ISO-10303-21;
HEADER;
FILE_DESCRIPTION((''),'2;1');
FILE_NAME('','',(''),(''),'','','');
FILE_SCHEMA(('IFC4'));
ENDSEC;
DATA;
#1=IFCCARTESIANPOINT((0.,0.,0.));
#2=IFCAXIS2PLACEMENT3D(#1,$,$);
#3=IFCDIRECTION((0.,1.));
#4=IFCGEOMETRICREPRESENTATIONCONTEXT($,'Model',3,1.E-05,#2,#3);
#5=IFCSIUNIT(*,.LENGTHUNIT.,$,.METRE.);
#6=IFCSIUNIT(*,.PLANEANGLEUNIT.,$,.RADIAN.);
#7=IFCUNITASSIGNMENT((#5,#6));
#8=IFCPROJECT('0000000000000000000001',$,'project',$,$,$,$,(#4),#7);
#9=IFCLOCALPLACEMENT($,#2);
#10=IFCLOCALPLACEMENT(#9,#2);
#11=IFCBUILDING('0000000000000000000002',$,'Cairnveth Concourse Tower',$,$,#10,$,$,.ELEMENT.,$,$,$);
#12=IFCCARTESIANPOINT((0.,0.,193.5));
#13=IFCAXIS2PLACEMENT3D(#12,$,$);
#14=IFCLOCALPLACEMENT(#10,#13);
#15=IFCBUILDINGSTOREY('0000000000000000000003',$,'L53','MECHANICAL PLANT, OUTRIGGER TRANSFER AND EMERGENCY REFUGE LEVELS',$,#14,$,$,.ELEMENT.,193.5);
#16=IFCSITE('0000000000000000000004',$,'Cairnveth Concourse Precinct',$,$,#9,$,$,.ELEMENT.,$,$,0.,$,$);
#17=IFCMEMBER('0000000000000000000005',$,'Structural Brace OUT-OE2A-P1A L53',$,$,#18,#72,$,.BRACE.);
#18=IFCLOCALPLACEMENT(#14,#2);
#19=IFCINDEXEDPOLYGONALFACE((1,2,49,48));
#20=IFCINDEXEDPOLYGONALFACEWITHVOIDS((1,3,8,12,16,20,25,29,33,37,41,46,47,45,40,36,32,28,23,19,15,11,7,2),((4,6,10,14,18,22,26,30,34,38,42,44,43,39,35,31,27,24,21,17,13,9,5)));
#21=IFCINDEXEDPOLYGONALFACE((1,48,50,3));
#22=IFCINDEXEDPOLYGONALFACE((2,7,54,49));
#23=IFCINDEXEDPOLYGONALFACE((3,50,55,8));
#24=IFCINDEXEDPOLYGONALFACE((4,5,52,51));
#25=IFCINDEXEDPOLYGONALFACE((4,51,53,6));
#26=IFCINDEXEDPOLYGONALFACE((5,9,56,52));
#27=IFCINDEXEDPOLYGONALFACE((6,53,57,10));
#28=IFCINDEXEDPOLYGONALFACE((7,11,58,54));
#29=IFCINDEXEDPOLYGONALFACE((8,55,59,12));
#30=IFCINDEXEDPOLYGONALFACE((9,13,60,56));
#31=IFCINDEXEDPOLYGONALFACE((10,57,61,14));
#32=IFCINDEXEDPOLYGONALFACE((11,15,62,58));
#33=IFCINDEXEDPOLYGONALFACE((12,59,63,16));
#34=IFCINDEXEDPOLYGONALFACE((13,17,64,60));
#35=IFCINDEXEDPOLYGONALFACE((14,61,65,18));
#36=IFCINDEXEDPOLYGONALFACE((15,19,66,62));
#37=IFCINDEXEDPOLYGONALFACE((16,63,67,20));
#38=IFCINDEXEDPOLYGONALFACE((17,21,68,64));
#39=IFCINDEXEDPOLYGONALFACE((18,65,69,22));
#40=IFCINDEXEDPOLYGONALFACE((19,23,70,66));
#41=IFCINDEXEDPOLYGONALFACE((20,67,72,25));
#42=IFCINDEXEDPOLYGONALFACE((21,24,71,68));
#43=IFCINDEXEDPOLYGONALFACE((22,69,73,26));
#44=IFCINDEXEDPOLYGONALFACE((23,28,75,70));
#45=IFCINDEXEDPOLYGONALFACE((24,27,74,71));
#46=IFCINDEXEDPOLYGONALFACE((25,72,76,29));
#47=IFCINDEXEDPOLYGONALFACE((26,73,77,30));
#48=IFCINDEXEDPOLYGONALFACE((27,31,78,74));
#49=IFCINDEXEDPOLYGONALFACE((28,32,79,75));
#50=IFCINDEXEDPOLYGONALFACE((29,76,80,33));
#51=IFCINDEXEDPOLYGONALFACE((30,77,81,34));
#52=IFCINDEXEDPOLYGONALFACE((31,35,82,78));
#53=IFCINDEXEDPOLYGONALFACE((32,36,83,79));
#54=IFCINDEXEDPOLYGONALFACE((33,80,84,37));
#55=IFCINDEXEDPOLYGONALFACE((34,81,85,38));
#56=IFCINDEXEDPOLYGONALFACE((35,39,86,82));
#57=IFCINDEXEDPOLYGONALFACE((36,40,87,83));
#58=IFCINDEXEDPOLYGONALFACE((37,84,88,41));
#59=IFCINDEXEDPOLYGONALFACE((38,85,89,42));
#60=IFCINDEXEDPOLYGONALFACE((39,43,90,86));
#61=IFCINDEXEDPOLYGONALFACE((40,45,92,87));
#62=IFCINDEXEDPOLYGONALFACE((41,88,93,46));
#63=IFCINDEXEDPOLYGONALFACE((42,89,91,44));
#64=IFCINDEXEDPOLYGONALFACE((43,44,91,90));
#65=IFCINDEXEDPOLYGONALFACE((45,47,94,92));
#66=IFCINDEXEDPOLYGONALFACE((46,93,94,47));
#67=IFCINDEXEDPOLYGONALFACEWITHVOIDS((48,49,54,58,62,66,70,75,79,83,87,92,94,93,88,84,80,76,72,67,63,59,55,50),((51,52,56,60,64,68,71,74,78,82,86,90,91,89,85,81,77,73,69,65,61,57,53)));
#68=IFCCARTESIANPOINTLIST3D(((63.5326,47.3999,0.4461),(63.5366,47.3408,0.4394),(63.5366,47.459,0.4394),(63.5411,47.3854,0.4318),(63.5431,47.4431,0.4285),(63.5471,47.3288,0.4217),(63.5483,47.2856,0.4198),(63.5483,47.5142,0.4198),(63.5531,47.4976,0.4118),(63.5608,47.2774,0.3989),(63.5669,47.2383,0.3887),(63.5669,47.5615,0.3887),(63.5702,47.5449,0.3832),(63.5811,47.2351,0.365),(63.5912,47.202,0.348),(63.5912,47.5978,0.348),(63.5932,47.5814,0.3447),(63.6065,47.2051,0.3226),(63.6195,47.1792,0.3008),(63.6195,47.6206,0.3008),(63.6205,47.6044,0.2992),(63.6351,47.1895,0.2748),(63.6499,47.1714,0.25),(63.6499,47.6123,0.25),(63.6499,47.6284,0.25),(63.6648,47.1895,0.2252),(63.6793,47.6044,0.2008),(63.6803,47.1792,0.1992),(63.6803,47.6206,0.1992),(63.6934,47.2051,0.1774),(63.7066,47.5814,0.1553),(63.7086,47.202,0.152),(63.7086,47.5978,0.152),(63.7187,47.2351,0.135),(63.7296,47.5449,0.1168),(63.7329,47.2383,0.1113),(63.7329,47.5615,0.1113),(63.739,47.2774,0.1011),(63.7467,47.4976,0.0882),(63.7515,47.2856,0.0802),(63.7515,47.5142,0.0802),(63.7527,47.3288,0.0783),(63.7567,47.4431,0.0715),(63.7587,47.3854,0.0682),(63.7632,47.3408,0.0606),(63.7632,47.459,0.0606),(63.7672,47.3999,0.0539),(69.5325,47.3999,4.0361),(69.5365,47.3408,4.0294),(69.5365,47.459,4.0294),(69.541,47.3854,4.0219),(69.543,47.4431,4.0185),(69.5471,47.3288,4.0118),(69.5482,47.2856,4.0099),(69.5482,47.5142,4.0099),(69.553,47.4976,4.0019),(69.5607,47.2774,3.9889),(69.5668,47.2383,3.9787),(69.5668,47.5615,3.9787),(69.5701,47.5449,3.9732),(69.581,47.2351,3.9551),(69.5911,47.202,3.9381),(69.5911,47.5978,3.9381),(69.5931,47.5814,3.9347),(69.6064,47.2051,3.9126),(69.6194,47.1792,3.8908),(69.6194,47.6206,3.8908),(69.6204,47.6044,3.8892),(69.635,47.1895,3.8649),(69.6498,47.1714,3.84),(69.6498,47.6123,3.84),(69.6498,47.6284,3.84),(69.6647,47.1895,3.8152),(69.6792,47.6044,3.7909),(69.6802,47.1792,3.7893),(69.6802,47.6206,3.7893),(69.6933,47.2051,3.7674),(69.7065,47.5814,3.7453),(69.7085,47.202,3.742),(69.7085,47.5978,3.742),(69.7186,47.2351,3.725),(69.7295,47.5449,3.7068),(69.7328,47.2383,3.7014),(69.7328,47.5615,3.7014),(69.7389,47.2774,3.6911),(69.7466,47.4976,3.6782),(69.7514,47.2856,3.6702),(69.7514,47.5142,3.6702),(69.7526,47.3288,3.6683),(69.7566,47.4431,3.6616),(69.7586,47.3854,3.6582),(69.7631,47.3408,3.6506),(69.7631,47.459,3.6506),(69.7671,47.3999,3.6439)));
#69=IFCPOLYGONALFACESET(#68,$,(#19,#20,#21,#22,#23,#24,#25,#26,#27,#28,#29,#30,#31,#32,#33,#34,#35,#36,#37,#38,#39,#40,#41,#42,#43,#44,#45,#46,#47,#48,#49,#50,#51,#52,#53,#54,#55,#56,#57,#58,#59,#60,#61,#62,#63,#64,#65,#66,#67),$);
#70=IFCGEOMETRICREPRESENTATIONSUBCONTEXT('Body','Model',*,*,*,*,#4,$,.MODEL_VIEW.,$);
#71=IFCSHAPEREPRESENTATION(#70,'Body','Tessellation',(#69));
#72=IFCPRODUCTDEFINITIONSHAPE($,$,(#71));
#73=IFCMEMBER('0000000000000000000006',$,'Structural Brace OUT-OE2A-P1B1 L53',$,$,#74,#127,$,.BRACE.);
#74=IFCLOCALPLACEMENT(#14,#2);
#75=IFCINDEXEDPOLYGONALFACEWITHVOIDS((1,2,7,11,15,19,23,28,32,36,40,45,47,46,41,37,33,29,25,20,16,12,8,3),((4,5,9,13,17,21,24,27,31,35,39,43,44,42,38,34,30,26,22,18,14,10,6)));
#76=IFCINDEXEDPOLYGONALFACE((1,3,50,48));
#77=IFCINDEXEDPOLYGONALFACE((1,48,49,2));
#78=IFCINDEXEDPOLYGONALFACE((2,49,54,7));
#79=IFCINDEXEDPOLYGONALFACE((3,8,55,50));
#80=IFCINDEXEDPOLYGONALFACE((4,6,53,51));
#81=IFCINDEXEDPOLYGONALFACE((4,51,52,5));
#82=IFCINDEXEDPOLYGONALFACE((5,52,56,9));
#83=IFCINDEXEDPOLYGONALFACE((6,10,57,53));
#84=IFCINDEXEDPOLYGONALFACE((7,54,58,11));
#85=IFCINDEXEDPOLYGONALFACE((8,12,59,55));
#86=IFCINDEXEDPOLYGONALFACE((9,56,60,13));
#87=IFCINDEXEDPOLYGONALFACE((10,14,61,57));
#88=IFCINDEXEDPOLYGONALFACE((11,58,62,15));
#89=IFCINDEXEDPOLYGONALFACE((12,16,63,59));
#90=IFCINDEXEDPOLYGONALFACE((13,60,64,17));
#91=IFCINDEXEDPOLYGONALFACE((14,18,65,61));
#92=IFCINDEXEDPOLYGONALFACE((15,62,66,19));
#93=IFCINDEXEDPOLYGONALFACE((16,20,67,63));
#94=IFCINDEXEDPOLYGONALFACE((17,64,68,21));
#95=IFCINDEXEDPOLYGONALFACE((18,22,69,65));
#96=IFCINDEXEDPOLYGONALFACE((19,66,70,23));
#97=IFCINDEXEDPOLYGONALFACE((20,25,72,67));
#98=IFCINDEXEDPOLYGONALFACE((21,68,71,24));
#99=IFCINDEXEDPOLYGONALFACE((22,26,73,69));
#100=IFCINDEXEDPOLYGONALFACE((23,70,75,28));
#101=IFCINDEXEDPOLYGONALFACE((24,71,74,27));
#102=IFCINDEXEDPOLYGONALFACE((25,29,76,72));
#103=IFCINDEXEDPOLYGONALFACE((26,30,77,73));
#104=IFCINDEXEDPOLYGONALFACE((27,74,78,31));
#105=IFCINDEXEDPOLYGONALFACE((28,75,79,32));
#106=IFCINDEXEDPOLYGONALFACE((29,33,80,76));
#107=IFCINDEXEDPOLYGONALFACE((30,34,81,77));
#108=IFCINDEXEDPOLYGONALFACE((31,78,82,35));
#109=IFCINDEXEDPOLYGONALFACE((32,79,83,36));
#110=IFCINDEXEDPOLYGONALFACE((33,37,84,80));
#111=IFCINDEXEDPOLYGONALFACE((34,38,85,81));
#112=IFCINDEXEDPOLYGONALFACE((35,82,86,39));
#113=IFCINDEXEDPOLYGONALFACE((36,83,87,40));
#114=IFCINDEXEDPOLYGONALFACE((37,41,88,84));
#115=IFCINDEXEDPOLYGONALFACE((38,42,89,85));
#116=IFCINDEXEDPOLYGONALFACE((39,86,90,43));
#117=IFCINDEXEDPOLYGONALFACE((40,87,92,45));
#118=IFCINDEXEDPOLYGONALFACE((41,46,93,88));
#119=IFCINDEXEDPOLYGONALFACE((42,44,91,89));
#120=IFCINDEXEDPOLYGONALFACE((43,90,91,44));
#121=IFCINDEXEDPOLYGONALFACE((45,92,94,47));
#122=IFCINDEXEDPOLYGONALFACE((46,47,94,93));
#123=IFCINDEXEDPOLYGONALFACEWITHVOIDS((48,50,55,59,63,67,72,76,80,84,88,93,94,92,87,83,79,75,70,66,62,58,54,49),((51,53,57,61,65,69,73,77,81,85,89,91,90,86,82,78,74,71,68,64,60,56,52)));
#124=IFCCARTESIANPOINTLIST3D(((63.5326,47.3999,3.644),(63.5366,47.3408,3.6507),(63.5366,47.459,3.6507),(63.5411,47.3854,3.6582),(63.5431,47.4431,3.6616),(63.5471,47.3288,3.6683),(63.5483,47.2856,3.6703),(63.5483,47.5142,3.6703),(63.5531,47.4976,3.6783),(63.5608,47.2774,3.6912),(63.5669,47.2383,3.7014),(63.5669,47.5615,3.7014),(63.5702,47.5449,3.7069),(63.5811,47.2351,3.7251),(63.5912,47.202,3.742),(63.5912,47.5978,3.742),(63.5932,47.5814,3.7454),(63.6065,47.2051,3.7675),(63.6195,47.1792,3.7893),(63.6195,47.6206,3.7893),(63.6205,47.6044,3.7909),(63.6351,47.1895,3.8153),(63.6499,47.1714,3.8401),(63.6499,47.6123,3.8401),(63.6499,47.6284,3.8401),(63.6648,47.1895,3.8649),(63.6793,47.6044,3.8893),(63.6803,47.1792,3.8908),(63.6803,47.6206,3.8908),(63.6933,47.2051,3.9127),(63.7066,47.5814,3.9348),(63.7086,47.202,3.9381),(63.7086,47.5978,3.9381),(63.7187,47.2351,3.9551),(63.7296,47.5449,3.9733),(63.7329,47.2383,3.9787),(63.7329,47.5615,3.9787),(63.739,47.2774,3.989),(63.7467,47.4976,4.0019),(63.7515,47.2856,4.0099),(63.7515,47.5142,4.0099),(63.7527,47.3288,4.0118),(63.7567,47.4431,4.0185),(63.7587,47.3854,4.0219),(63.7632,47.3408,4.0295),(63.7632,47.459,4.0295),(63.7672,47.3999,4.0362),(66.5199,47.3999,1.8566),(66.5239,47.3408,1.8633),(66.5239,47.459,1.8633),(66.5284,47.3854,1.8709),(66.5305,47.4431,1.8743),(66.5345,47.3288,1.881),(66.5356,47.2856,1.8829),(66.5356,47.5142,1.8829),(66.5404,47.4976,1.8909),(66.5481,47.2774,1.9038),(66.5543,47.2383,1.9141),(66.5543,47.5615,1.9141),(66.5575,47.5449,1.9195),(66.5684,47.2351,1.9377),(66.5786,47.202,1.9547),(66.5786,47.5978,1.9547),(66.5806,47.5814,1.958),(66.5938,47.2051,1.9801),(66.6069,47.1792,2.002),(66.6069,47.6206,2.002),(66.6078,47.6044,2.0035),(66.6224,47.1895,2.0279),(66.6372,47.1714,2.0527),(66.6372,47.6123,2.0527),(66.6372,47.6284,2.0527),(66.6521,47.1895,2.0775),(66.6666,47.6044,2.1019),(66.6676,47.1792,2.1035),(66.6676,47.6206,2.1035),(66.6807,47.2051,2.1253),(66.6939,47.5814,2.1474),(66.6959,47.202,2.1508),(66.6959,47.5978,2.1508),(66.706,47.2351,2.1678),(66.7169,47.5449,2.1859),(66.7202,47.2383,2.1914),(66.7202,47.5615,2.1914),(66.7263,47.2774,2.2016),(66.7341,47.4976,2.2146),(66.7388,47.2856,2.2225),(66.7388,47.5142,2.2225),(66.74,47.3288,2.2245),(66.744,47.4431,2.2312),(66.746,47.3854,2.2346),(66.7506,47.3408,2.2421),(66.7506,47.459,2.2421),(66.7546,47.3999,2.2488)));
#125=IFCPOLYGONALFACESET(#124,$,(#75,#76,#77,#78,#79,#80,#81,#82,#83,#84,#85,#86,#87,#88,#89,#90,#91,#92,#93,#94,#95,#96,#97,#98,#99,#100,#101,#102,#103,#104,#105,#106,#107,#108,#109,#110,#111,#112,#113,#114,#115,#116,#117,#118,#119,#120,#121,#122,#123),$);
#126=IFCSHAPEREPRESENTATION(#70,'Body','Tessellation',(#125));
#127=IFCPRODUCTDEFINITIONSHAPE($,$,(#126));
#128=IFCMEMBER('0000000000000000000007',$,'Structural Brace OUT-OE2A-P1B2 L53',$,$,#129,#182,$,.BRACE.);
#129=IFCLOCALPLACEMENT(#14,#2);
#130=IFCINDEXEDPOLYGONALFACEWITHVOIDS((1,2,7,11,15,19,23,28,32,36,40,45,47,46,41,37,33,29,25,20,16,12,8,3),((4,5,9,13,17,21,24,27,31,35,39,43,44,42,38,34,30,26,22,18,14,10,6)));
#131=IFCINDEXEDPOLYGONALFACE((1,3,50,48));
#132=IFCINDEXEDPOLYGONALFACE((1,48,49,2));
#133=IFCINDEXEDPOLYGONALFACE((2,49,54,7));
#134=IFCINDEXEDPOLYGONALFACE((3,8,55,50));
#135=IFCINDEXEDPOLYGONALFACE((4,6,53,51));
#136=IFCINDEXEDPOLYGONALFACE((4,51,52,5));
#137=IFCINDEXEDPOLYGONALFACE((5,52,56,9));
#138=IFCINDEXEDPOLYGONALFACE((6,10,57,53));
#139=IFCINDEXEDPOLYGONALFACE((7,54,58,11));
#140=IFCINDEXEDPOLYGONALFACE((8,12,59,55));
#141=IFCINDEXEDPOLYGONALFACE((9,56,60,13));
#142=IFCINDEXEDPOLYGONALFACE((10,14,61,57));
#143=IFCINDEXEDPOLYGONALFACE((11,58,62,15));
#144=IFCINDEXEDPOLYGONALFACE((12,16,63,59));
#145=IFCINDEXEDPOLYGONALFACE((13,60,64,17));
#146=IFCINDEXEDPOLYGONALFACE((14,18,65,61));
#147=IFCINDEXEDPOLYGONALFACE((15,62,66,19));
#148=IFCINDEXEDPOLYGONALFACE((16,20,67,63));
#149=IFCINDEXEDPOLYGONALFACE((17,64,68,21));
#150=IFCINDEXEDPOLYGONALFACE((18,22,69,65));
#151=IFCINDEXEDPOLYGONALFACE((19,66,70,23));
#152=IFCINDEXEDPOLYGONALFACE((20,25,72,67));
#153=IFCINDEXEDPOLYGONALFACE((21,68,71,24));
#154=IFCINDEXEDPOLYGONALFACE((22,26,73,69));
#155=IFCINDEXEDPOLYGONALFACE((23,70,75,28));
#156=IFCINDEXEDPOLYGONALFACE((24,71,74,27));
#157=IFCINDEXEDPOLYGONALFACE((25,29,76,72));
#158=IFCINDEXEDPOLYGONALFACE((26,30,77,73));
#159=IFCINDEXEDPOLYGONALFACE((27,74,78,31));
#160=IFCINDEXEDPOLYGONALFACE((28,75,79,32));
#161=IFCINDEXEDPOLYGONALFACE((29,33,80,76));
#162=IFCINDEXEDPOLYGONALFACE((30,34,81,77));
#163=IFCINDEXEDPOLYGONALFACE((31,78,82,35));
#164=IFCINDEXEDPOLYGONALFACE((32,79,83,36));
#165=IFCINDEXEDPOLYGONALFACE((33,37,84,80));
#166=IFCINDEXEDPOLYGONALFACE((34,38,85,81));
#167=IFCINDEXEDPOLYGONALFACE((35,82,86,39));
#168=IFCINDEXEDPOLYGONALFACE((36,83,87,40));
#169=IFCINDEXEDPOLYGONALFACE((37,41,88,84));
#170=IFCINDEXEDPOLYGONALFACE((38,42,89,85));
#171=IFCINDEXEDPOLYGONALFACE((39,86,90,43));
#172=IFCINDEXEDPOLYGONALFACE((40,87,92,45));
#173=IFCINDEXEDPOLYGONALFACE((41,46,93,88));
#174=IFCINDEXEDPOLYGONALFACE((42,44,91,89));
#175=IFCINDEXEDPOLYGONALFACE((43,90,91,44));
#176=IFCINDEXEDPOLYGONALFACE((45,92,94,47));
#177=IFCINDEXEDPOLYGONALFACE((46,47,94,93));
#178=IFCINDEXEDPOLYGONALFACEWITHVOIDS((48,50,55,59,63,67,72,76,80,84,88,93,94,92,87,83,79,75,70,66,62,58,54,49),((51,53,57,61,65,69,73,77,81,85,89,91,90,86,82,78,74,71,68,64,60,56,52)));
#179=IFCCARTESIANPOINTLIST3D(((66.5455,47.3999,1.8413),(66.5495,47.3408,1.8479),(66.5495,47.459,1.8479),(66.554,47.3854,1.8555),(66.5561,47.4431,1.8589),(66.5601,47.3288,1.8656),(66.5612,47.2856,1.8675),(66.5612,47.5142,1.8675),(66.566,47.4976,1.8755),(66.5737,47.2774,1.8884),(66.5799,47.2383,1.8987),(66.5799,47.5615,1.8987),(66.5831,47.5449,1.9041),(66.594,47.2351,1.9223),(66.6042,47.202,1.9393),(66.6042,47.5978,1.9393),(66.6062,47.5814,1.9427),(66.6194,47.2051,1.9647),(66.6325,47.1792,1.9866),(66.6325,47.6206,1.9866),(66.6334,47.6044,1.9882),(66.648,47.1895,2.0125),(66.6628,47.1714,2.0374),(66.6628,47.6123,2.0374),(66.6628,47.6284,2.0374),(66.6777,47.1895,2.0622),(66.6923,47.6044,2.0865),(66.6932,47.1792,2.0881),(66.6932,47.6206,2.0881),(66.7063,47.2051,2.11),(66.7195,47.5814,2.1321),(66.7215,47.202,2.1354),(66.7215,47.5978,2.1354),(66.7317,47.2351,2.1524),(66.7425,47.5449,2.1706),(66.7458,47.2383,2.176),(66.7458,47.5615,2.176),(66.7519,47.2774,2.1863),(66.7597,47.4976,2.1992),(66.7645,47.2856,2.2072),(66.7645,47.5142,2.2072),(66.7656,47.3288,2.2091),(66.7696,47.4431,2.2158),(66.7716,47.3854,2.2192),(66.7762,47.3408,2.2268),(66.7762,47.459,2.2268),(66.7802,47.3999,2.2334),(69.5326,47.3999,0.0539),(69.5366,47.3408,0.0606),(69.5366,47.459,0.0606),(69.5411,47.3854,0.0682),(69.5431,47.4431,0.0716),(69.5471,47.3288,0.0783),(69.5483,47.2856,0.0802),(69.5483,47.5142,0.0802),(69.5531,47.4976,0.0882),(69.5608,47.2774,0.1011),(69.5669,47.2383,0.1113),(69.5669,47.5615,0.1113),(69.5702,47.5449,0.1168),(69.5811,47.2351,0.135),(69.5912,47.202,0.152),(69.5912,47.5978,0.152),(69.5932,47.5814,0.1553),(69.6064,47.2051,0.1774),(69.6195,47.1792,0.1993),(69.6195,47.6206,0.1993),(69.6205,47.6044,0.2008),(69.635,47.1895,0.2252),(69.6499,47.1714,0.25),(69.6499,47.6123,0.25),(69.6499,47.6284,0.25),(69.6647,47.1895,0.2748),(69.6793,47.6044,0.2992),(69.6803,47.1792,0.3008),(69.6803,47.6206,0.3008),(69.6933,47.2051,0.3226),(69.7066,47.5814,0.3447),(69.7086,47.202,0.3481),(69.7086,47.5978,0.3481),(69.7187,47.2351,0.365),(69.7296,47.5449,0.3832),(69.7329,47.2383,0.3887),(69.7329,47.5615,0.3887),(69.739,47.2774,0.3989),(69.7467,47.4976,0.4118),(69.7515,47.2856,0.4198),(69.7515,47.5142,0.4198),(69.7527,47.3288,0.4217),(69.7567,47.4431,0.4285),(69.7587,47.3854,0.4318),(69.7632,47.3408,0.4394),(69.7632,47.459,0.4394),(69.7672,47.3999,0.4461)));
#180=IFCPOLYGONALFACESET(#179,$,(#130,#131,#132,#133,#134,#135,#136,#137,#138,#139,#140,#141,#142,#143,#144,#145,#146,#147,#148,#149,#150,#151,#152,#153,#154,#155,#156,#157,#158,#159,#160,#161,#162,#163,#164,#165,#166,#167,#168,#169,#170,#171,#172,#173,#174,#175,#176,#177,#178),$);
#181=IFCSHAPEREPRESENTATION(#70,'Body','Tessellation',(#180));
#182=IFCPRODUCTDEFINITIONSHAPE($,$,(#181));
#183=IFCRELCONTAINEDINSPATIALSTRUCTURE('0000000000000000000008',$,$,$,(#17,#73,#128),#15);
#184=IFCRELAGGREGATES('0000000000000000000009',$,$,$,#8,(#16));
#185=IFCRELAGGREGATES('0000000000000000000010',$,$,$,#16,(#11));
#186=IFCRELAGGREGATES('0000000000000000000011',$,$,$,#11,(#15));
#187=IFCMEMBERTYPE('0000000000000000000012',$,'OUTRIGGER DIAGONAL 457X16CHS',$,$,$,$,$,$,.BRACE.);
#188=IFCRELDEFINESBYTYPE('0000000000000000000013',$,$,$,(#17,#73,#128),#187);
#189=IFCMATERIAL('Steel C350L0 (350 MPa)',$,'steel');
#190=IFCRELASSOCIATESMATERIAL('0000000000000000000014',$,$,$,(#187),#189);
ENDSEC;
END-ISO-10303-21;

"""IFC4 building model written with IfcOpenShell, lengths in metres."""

from ifc_helpers import new_model, si_unit, direction, frame, origin, origin_2d, place, context, subcontext, project, spatial, hollow_circle, extrude, material, material_profile, profile_set, type_object, element, save


model = new_model("IFC4")

# Units and contexts
model_context = context("Model", 3, precision=1e-05, world=origin(), true_north=direction((0.0, 1.0)))
body_context = subcontext(model_context, "Body", "Model", "MODEL_VIEW")
ifc_project = project(units=[si_unit("LENGTHUNIT", "METRE"), si_unit("PLANEANGLEUNIT", "RADIAN")], contexts=[model_context])

# Site, building, storey
site_placement = place(None, origin())
site = spatial("IfcSite", under=ifc_project, at=site_placement, Name="Cairnveth Concourse Precinct", CompositionType="ELEMENT", RefElevation=0.0)
building_placement = place(site_placement, origin())
building = spatial("IfcBuilding", under=site, at=building_placement, Name="Cairnveth Concourse Tower", CompositionType="ELEMENT")
storey_placement = place(building_placement, frame((0.0, 0.0, 193.5)))
storey = spatial("IfcBuildingStorey", under=building, at=storey_placement, Name="L53", Description="MECHANICAL PLANT, OUTRIGGER TRANSFER AND EMERGENCY REFUGE LEVELS", CompositionType="ELEMENT", Elevation=193.5)

# Shared definitions
ifc_material_1 = material(Name="Steel C350L0 (350 MPa)", Category="steel")

# Members
ifc_material_profile_1 = material_profile(ifc_material_1, hollow_circle(Radius=0.2285, WallThickness=0.0161, at=origin_2d()), Name="457.0x16.0CHS")
ifc_profile_set_1 = profile_set([ifc_material_profile_1], Name="Steel C350L0 (350 MPa)")
member_type_1 = type_object("IfcMemberType", Name="OUTRIGGER DIAGONAL 457X16CHS", PredefinedType="BRACE", material=ifc_profile_set_1)
member_1_placement = place(storey_placement, frame((63.6499, 47.3999, 0.25), z_axis=(0.858118, 0.0, 0.513453), x_axis=(0.0, 1.0, 0.0)))
element("IfcMember", 1, at=member_1_placement, inside=storey, type_object=member_type_1, Name="Structural Brace OUT-OE2A-P1A L53", PredefinedType="BRACE", context=body_context, shape_type="SweptSolid", body=[
    extrude(hollow_circle(Radius=0.2285, WallThickness=0.0161, at=origin_2d()), origin(), (0.0, 0.0, 1.0), 6.9919),
])
member_2_placement = place(storey_placement, frame((63.6499, 47.3999, 3.8401), z_axis=(0.85813, 0.0, -0.513433), x_axis=(0.0, 1.0, 0.0)))
element("IfcMember", 2, at=member_2_placement, inside=storey, type_object=member_type_1, Name="Structural Brace OUT-OE2A-P1B1 L53", PredefinedType="BRACE", context=body_context, shape_type="SweptSolid", body=[
    extrude(hollow_circle(Radius=0.2285, WallThickness=0.0161, at=origin_2d()), origin(), (0.0, 0.0, 1.0), 3.4812),
])
member_3_placement = place(storey_placement, frame((66.6628, 47.3999, 2.0374), z_axis=(0.858111, 0.0, -0.513464), x_axis=(0.0, 1.0, 0.0)))
element("IfcMember", 3, at=member_3_placement, inside=storey, type_object=member_type_1, Name="Structural Brace OUT-OE2A-P1B2 L53", PredefinedType="BRACE", context=body_context, shape_type="SweptSolid", body=[
    extrude(hollow_circle(Radius=0.2285, WallThickness=0.0161, at=origin_2d()), origin(), (0.0, 0.0, 1.0), 3.481),
])

save(model, "model.ifc")
